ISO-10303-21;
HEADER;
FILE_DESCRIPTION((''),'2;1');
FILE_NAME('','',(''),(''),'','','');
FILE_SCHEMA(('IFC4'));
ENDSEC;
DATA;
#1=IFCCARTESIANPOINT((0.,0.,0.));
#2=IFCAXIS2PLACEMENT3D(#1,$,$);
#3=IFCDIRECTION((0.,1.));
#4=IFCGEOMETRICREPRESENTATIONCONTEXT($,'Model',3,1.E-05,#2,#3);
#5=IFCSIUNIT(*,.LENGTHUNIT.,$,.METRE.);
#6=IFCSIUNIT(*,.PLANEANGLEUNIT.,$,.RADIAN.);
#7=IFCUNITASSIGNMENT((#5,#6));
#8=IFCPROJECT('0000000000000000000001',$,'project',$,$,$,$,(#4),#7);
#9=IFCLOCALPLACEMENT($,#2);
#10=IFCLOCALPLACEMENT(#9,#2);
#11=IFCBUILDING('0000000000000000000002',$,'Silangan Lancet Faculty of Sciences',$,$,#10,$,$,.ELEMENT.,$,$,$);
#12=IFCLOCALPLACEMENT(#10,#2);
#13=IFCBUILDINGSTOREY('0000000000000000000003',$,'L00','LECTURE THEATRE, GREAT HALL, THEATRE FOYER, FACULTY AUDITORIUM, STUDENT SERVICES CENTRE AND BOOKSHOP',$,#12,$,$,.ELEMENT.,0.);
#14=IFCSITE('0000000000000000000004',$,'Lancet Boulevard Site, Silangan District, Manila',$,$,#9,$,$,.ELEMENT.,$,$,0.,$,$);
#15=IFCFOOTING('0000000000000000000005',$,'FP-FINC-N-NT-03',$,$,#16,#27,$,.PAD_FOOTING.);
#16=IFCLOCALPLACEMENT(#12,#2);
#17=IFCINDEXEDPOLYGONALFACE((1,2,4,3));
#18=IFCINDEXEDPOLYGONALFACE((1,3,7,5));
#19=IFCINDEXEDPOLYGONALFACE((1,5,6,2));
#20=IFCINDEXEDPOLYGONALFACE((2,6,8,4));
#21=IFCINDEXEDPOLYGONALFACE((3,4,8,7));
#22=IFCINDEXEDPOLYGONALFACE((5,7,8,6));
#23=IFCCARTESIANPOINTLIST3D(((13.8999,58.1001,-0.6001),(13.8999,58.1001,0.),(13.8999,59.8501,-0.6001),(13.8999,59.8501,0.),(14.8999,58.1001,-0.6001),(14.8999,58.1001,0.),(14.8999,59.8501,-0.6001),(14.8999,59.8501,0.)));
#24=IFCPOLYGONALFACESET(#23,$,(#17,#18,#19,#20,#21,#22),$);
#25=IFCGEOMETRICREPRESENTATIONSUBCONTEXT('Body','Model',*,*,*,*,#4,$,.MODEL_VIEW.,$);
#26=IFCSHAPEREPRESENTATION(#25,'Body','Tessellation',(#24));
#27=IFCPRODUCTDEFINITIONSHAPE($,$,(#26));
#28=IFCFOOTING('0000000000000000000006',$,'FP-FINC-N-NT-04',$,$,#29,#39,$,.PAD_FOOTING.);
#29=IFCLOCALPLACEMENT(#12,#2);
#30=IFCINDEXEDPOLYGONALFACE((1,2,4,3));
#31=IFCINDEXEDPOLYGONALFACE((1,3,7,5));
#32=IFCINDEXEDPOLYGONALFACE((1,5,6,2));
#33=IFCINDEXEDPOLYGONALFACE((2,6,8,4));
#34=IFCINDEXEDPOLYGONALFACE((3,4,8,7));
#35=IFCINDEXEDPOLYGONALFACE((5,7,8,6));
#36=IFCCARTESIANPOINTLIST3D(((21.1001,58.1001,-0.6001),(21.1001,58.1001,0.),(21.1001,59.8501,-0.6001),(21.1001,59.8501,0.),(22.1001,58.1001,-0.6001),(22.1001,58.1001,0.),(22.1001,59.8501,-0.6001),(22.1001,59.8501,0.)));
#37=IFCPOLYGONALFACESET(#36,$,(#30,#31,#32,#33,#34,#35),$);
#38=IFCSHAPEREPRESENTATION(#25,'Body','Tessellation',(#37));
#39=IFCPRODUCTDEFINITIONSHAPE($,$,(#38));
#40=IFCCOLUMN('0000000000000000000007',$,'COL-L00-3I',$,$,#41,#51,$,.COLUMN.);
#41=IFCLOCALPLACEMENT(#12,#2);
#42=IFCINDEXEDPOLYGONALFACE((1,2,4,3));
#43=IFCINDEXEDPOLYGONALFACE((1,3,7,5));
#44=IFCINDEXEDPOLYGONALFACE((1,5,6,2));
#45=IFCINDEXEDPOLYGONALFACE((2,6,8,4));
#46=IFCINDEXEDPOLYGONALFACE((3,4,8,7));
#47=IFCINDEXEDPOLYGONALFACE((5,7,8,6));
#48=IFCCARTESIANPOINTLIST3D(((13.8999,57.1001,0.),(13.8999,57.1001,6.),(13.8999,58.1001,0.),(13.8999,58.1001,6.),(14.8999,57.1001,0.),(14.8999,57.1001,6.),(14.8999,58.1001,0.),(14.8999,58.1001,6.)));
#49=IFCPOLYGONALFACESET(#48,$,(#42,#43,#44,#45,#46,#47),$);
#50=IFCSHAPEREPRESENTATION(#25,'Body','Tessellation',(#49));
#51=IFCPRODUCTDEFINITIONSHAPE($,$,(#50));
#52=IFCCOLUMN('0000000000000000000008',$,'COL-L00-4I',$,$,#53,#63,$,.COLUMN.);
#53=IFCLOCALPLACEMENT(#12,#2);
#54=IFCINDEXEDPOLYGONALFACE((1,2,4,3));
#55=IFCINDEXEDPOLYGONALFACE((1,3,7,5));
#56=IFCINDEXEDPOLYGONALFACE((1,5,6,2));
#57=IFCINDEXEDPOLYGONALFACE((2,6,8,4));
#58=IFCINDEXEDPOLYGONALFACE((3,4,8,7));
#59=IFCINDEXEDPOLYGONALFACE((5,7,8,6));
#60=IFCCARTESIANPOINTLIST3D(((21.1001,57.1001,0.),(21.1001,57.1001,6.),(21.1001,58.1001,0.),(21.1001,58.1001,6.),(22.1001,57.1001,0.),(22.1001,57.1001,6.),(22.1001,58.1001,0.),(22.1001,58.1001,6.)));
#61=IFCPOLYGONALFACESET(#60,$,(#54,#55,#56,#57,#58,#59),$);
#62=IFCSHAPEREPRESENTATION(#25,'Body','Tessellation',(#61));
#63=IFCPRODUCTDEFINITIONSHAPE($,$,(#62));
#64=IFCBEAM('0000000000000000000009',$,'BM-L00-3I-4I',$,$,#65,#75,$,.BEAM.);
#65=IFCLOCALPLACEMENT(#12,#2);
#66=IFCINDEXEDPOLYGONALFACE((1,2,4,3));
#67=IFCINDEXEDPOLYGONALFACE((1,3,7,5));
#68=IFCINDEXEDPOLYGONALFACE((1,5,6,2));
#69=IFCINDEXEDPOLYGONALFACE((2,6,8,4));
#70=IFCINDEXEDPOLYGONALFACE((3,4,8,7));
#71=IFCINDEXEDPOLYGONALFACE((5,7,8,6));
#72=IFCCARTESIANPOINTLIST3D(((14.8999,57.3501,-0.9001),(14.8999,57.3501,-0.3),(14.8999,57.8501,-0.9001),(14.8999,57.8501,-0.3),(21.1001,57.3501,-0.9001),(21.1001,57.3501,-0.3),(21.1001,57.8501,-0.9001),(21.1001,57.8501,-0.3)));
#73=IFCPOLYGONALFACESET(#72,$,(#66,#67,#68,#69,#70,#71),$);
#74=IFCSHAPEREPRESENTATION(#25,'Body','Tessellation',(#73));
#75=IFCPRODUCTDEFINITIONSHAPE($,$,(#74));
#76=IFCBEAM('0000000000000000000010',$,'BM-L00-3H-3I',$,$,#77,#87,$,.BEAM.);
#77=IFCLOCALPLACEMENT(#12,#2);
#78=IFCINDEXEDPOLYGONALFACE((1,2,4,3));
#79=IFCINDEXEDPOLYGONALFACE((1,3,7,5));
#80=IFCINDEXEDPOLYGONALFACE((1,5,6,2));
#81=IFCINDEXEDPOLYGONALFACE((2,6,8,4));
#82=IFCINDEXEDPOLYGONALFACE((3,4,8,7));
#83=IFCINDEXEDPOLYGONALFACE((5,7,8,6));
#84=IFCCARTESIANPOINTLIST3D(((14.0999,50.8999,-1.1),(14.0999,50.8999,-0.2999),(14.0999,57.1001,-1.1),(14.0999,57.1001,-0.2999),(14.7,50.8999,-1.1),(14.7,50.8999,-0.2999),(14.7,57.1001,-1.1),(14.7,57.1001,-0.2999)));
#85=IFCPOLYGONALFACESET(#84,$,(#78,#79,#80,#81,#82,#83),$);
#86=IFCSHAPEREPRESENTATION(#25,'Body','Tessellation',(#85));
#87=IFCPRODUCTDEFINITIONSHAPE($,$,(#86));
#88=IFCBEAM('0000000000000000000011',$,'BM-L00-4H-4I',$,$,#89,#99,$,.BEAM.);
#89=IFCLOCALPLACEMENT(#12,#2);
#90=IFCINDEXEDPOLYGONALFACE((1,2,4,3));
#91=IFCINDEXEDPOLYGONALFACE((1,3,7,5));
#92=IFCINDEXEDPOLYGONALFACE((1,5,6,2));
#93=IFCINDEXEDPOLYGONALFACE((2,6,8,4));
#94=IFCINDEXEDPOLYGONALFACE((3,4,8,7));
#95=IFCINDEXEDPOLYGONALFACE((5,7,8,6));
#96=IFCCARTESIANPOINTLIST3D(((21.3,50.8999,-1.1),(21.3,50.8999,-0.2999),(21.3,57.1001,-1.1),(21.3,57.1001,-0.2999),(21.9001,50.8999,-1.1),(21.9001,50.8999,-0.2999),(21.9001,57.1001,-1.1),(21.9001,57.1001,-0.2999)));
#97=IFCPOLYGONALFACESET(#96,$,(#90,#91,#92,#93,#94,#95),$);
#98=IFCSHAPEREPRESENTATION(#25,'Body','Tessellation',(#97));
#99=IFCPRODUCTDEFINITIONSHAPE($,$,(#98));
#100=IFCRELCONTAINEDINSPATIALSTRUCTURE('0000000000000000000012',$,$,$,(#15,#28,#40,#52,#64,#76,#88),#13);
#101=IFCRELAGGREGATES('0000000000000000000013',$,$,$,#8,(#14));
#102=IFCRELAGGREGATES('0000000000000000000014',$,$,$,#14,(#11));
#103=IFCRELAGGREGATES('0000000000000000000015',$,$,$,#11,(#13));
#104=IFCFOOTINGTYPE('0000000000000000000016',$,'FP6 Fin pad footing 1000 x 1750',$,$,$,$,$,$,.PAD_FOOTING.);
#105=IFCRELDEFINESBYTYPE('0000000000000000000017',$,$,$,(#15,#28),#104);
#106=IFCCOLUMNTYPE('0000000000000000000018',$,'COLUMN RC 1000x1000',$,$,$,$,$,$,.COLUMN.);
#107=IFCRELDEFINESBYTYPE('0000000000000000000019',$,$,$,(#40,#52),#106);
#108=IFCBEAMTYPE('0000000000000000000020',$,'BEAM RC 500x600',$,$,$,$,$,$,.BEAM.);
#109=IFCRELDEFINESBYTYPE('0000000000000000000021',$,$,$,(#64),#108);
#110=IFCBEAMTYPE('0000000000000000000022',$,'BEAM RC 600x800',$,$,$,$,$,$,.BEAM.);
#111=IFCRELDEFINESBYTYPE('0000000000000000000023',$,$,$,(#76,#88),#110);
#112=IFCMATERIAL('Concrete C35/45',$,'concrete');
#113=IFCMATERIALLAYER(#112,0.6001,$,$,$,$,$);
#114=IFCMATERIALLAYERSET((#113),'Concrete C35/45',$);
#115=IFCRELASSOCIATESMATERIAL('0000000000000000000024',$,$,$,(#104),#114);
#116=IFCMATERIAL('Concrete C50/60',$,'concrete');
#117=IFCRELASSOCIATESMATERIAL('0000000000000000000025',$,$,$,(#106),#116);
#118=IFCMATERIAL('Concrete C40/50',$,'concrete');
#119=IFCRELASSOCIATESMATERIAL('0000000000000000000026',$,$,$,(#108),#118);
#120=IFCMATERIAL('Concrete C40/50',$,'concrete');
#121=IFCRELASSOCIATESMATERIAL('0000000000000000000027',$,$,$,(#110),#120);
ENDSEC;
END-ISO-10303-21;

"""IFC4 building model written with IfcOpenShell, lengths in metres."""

from ifc_helpers import new_model, si_unit, direction, frame, origin, origin_2d, place, context, subcontext, project, spatial, rectangle, extrude, material, layer, layer_set, material_profile, profile_set, type_object, element, save


model = new_model("IFC4")

# Units and contexts
model_context = context("Model", 3, precision=1e-05, world=origin(), true_north=direction((0.0, 1.0)))
body_context = subcontext(model_context, "Body", "Model", "MODEL_VIEW")
ifc_project = project(units=[si_unit("LENGTHUNIT", "METRE"), si_unit("PLANEANGLEUNIT", "RADIAN")], contexts=[model_context])

# Site, building, storey
site_placement = place(None, origin())
site = spatial("IfcSite", under=ifc_project, at=site_placement, Name="Lancet Boulevard Site, Silangan District, Manila", CompositionType="ELEMENT", RefElevation=0.0)
building_placement = place(site_placement, origin())
building = spatial("IfcBuilding", under=site, at=building_placement, Name="Silangan Lancet Faculty of Sciences", CompositionType="ELEMENT")
storey_placement = place(building_placement, origin())
storey = spatial("IfcBuildingStorey", under=building, at=storey_placement, Name="L00", Description="LECTURE THEATRE, GREAT HALL, THEATRE FOYER, FACULTY AUDITORIUM, STUDENT SERVICES CENTRE AND BOOKSHOP", CompositionType="ELEMENT", Elevation=0.0)

# Footings
ifc_material_1 = material(Name="Concrete C35/45", Category="concrete")
ifc_layer_1 = layer(ifc_material_1, 0.6001)
ifc_layer_set_1 = layer_set([ifc_layer_1], Name="Concrete C35/45")
footing_type = type_object("IfcFootingType", Name="FP6 Fin pad footing 1000 x 1750", PredefinedType="PAD_FOOTING", material=ifc_layer_set_1)
for number, where, z_axis, x_axis, name in (
    (1, (14.3999, 58.9751, -0.6001), (0.0, 0.0, 1.0), (1.0, 0.0, 0.0), "FP-FINC-N-NT-03"),
    (2, (21.6001, 58.9751, -0.6001), (0.0, 0.0, 1.0), (1.0, 0.0, 0.0), "FP-FINC-N-NT-04"),
):
    element("IfcFooting", number, at=place(storey_placement, frame(where, z_axis=z_axis, x_axis=x_axis)), inside=storey, type_object=footing_type, Name=name, PredefinedType="PAD_FOOTING", context=body_context, shape_type="SweptSolid", body=[
        extrude(rectangle(XDim=1.0, YDim=1.75, at=origin_2d()), origin(), (0.0, 0.0, 1.0), 0.6001),
    ])

# Columns
ifc_material_2 = material(Name="Concrete C50/60", Category="concrete")
ifc_material_profile_1 = material_profile(ifc_material_2, rectangle(XDim=1.0, YDim=1.0, at=origin_2d()), Name="RC 1000x1000")
ifc_profile_set_1 = profile_set([ifc_material_profile_1], Name="Concrete C50/60")
column_type = type_object("IfcColumnType", Name="COLUMN RC 1000x1000", PredefinedType="COLUMN", material=ifc_profile_set_1)
for number, where, z_axis, x_axis, name in (
    (3, (14.3999, 57.6001, 0.0), (0.0, 0.0, 1.0), (1.0, 0.0, 0.0), "COL-L00-3I"),
    (4, (21.6001, 57.6001, 0.0), (0.0, 0.0, 1.0), (1.0, 0.0, 0.0), "COL-L00-4I"),
):
    element("IfcColumn", number, at=place(storey_placement, frame(where, z_axis=z_axis, x_axis=x_axis)), inside=storey, type_object=column_type, Name=name, PredefinedType="COLUMN", context=body_context, shape_type="SweptSolid", body=[
        extrude(rectangle(XDim=1.0, YDim=1.0, at=origin_2d()), origin(), (0.0, 0.0, 1.0), 6.0),
    ])

# Beams
ifc_material_3 = material(Name="Concrete C40/50", Category="concrete")
ifc_material_profile_2 = material_profile(ifc_material_3, rectangle(XDim=0.5, YDim=0.6001, at=origin_2d()), Name="RC 500x600")
ifc_profile_set_2 = profile_set([ifc_material_profile_2], Name="Concrete C40/50")
beam_type_1 = type_object("IfcBeamType", Name="BEAM RC 500x600", PredefinedType="BEAM", material=ifc_profile_set_2)
beam_placement = place(storey_placement, frame((14.8999, 57.6001, -0.6001), z_axis=(1.0, 0.0, 0.0), x_axis=(0.0, 1.0, 0.0)))
element("IfcBeam", 5, at=beam_placement, inside=storey, type_object=beam_type_1, Name="BM-L00-3I-4I", PredefinedType="BEAM", context=body_context, shape_type="SweptSolid", body=[
    extrude(rectangle(XDim=0.5, YDim=0.6001, at=origin_2d()), origin(), (0.0, 0.0, 1.0), 6.2002),
])
ifc_material_4 = material(Name="Concrete C40/50", Category="concrete")
ifc_material_profile_3 = material_profile(ifc_material_4, rectangle(XDim=0.6001, YDim=0.8, at=origin_2d()), Name="RC 600x800")
ifc_profile_set_3 = profile_set([ifc_material_profile_3], Name="Concrete C40/50")
beam_type_2 = type_object("IfcBeamType", Name="BEAM RC 600x800", PredefinedType="BEAM", material=ifc_profile_set_3)
for number, where, z_axis, x_axis, name in (
    (6, (14.3999, 50.8999, -0.7), (0.0, 1.0, 0.0), (-1.0, 0.0, 0.0), "BM-L00-3H-3I"),
    (7, (21.6001, 50.8999, -0.7), (0.0, 1.0, 0.0), (-1.0, 0.0, 0.0), "BM-L00-4H-4I"),
):
    element("IfcBeam", number, at=place(storey_placement, frame(where, z_axis=z_axis, x_axis=x_axis)), inside=storey, type_object=beam_type_2, Name=name, PredefinedType="BEAM", context=body_context, shape_type="SweptSolid", body=[
        extrude(rectangle(XDim=0.6001, YDim=0.8, at=origin_2d()), origin(), (0.0, 0.0, 1.0), 6.2002),
    ])

save(model, "model.ifc")
